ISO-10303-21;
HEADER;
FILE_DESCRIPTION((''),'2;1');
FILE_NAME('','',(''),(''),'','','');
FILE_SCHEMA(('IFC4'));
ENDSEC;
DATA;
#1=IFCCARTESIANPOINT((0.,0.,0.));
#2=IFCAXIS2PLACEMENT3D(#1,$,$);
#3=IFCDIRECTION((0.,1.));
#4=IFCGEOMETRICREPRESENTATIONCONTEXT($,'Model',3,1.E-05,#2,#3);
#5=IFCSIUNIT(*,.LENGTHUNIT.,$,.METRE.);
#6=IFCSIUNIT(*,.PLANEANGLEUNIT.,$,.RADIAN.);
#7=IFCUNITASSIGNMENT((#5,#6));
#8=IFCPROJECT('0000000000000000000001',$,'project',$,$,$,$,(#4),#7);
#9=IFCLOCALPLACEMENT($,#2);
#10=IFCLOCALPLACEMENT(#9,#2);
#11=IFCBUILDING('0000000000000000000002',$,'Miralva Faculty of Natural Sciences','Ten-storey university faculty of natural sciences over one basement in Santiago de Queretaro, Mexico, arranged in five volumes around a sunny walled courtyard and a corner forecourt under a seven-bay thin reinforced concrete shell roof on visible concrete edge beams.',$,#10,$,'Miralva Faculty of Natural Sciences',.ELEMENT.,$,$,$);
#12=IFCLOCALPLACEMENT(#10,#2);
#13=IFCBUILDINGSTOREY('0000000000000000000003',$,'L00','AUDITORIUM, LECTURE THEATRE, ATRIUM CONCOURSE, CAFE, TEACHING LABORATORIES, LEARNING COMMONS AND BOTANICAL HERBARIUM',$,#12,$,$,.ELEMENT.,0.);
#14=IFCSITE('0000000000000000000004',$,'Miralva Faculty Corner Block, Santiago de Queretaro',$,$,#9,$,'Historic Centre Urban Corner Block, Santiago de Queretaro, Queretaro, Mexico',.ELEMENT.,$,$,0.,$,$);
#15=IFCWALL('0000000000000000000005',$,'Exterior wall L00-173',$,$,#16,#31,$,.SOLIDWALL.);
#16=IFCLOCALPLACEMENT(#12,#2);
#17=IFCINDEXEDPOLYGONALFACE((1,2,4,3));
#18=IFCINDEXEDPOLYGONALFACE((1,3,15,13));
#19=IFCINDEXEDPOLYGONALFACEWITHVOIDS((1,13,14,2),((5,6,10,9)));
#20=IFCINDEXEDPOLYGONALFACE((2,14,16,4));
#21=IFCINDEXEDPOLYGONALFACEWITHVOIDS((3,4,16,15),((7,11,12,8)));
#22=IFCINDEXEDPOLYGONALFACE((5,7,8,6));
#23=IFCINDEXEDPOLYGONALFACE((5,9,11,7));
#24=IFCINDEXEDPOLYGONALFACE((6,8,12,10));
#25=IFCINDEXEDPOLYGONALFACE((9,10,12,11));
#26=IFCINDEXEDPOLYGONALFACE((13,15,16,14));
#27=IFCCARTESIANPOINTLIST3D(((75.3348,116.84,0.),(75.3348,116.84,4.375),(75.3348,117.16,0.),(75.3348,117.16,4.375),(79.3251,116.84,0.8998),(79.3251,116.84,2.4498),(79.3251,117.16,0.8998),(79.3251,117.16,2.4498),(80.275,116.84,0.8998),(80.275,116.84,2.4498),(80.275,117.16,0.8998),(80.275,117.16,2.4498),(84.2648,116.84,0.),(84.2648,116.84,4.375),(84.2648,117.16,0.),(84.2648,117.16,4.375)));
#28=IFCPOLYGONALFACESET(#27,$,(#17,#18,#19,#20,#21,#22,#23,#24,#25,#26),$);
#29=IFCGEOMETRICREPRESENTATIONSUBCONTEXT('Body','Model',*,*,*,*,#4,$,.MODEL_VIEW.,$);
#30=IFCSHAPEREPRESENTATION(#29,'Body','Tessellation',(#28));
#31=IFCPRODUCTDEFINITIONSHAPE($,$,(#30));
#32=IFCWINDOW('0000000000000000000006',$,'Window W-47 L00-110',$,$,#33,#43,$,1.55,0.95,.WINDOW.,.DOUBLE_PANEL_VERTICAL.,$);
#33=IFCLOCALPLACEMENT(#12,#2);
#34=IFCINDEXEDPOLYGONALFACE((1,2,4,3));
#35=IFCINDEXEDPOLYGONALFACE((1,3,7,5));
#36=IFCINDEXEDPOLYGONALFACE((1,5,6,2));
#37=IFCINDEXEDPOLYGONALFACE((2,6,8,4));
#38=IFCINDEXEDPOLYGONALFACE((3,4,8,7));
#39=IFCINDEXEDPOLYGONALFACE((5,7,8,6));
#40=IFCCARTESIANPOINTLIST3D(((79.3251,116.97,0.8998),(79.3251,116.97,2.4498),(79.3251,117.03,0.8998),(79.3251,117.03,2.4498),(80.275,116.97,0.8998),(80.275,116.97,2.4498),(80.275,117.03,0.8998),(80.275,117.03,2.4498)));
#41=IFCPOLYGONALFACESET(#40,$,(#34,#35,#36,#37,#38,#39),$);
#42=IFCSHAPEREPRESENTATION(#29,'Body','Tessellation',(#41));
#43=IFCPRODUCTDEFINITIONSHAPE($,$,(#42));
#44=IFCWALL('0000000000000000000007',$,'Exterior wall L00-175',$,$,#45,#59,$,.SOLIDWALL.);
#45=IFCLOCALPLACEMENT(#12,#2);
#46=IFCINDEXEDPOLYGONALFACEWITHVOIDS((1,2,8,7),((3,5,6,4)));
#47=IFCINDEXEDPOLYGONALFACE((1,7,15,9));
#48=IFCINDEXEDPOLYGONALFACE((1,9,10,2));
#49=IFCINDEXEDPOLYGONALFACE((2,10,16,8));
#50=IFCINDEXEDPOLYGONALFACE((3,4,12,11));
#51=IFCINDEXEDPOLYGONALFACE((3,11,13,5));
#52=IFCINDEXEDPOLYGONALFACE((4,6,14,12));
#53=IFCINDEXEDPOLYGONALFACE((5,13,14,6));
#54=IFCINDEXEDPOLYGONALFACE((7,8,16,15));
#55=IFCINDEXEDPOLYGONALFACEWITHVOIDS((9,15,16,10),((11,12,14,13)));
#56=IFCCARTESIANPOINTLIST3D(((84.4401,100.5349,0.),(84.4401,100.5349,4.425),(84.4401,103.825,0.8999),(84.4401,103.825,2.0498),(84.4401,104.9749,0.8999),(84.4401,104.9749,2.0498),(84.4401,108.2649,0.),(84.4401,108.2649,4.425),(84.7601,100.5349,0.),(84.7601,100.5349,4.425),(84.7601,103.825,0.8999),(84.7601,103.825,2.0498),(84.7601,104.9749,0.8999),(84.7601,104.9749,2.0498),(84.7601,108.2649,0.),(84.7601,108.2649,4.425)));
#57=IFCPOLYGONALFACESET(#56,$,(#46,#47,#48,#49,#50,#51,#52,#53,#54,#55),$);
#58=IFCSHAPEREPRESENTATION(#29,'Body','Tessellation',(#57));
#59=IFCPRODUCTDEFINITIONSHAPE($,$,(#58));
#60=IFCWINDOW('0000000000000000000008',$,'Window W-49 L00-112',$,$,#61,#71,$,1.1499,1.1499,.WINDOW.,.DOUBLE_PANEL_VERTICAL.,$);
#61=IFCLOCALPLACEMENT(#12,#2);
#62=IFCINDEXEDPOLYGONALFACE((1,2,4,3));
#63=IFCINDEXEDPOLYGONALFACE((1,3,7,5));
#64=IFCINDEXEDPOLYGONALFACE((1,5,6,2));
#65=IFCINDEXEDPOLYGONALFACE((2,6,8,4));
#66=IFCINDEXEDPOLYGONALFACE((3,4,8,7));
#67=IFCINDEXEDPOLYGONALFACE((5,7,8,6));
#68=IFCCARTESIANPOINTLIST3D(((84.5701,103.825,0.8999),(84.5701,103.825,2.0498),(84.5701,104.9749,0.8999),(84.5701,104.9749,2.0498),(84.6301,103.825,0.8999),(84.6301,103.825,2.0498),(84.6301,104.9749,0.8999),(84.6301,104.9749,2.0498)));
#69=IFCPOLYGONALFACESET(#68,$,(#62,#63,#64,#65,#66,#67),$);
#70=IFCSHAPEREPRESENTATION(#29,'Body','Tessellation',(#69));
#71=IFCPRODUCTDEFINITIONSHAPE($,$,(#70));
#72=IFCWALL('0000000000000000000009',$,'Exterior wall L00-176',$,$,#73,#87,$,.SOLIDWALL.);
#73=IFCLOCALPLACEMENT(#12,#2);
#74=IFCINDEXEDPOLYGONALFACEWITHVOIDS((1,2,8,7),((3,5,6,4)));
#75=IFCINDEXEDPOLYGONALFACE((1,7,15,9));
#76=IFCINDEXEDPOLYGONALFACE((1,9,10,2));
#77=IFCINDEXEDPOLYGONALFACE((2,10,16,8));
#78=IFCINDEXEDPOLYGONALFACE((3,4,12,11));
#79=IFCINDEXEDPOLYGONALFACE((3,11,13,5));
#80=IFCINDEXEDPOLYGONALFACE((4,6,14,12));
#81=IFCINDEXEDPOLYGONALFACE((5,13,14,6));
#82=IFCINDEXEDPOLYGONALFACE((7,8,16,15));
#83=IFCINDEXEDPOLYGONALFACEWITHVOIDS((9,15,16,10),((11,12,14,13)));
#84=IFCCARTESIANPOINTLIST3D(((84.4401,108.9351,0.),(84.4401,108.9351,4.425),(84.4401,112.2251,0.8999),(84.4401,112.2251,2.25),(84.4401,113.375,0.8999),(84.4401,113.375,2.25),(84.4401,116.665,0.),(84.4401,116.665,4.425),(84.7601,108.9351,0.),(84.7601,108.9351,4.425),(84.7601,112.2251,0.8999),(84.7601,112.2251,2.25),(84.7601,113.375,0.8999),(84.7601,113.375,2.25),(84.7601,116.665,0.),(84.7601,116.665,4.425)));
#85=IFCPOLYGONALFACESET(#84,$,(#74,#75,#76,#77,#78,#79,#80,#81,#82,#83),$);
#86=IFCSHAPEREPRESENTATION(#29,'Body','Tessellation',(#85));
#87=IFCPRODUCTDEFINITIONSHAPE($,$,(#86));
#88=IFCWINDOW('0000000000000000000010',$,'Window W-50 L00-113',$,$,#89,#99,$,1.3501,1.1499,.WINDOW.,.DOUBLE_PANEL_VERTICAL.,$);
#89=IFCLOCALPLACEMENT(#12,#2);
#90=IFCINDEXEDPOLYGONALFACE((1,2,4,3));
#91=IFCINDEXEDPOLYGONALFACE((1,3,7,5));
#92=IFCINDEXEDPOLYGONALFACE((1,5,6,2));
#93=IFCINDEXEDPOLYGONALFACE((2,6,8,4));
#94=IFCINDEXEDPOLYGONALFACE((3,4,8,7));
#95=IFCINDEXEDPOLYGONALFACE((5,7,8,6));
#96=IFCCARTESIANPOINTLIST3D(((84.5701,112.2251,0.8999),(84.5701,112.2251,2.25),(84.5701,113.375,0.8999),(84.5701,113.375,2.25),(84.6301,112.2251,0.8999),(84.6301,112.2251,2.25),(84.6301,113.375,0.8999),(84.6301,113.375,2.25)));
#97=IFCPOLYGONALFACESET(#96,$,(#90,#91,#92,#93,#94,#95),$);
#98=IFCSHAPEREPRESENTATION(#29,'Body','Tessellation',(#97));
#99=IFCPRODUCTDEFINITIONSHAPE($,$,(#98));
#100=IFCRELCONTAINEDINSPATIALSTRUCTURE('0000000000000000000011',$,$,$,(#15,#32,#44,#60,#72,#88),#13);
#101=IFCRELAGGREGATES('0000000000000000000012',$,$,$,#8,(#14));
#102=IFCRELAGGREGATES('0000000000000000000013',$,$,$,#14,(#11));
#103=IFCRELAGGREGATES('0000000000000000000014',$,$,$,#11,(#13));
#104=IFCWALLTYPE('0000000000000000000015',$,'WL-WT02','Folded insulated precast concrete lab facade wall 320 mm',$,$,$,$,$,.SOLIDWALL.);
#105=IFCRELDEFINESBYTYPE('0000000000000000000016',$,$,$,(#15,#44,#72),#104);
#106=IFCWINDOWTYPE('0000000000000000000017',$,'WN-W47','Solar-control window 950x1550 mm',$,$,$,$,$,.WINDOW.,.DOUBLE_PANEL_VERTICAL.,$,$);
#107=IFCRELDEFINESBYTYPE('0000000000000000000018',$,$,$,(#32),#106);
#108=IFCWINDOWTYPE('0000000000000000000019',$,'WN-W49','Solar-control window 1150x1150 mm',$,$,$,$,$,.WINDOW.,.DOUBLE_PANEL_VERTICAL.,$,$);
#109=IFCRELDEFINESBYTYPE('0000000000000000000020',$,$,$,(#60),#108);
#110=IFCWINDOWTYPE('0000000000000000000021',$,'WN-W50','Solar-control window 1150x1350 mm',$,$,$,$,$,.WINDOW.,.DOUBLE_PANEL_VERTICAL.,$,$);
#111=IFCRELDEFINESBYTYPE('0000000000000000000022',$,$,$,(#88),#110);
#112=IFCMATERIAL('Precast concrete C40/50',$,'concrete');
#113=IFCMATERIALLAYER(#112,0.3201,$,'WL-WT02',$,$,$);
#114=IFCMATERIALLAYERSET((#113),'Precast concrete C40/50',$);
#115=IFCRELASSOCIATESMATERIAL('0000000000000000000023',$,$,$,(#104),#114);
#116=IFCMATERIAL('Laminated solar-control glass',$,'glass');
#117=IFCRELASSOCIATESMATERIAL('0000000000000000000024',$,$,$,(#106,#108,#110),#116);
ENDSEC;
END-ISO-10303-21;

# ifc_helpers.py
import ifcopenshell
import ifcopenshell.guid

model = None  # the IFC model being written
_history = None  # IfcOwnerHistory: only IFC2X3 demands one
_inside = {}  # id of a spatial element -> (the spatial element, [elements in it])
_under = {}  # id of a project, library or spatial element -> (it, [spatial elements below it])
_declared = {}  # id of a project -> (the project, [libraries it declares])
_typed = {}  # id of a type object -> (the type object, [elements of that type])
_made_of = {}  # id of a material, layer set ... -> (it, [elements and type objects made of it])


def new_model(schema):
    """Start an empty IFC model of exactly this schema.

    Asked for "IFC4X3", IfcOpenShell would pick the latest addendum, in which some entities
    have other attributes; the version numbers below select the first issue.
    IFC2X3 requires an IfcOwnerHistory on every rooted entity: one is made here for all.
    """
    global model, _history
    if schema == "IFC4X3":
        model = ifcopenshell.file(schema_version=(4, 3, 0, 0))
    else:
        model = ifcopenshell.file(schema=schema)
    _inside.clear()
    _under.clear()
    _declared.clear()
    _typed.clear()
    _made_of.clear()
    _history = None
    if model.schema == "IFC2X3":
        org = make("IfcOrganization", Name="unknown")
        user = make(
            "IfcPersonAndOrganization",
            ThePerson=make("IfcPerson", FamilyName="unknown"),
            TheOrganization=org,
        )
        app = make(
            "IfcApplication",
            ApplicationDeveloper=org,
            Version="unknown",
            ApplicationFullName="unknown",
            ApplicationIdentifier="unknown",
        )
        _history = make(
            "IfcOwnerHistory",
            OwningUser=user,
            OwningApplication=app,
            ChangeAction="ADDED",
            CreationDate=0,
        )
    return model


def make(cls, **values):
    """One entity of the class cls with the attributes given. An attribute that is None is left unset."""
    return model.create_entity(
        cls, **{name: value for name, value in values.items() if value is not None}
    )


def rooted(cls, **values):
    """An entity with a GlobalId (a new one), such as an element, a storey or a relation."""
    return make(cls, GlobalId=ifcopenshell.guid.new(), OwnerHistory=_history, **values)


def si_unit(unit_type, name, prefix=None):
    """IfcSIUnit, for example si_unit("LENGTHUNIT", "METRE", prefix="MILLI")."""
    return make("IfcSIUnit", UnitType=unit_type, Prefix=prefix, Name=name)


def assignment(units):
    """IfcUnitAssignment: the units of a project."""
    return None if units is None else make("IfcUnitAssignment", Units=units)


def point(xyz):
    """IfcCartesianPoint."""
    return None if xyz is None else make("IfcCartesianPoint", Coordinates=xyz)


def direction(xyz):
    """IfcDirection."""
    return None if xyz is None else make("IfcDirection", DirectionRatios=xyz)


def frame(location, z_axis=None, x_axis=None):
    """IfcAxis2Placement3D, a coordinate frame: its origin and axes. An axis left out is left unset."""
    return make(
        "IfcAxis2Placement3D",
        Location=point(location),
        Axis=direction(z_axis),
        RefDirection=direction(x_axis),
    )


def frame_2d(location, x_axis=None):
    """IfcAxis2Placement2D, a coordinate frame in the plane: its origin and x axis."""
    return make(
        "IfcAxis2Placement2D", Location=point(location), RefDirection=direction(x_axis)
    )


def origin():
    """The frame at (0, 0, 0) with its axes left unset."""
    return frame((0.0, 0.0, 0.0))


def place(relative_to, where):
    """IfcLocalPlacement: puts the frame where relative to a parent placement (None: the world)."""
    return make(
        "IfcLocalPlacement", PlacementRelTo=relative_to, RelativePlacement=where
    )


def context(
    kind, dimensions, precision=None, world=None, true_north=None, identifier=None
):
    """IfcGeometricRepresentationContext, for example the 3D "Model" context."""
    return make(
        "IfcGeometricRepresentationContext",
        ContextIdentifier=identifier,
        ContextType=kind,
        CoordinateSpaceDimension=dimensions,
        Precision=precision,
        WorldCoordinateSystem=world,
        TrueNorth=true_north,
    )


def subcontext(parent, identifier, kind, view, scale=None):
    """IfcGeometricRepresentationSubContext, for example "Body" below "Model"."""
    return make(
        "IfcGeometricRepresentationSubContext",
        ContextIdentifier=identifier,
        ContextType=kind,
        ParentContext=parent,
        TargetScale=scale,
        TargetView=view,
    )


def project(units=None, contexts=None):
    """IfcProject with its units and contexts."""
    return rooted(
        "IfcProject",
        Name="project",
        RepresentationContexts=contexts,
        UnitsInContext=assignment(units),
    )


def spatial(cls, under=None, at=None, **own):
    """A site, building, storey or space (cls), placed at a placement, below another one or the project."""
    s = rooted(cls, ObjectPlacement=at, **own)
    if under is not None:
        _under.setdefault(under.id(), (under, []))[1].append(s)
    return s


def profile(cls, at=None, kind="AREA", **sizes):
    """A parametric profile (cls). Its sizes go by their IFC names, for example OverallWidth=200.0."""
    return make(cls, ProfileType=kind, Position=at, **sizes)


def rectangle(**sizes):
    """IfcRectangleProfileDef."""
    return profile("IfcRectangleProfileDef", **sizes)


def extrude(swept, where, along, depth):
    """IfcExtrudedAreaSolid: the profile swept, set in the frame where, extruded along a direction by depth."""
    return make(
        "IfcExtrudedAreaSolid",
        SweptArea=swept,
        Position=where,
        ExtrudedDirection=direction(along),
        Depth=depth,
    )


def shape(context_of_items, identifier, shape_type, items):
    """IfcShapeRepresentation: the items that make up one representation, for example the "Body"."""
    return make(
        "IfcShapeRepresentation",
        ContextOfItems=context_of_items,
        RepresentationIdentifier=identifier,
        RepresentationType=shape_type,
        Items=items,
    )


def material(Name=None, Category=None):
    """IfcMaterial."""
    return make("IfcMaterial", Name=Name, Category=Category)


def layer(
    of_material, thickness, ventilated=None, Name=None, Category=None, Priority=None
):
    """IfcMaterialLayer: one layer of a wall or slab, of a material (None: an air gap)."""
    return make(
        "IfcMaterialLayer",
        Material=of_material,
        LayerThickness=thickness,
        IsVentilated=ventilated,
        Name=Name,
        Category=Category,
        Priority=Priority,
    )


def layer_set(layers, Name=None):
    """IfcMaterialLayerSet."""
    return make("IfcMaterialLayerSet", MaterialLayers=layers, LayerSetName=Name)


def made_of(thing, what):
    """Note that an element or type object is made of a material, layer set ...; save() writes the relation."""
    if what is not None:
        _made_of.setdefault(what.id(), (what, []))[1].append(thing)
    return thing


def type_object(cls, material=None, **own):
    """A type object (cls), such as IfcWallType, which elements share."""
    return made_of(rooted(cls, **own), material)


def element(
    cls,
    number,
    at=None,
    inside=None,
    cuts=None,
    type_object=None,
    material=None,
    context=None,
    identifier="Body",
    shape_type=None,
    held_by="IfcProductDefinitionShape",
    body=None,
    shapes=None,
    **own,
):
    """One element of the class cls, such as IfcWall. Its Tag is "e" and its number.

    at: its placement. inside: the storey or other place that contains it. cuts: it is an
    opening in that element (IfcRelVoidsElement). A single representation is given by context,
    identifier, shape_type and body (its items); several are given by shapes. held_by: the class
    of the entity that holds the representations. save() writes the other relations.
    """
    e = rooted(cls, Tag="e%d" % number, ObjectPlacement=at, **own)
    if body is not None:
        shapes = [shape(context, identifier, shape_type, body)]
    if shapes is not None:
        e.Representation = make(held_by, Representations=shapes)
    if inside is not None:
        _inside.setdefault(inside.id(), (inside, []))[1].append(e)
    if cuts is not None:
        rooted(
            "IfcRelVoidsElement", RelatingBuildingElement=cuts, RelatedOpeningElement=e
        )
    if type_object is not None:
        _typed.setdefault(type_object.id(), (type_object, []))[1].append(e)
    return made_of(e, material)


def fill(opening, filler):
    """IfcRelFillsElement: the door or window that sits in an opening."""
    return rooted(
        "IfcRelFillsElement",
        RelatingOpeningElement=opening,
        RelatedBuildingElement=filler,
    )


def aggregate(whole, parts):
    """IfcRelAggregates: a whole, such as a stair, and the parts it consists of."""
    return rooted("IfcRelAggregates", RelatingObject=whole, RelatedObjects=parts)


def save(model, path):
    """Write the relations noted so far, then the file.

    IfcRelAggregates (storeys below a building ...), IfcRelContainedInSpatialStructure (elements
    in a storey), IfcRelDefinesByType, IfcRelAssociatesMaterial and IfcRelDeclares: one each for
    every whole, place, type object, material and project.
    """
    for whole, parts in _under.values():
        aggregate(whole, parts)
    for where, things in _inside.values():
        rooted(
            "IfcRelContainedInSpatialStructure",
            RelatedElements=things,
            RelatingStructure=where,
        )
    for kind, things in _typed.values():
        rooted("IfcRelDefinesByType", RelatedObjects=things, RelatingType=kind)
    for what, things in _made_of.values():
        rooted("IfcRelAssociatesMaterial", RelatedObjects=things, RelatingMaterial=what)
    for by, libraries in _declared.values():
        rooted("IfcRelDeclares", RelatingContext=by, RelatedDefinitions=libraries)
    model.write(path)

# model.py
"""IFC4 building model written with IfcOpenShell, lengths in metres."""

from ifc_helpers import new_model, si_unit, direction, frame, frame_2d, origin, place, context, subcontext, project, spatial, rectangle, extrude, material, layer, layer_set, type_object, element, fill, save


model = new_model("IFC4")

# Units and contexts
model_context = context("Model", 3, precision=1e-05, world=origin(), true_north=direction((0.0, 1.0)))
body_context = subcontext(model_context, "Body", "Model", "MODEL_VIEW")
ifc_project = project(units=[si_unit("LENGTHUNIT", "METRE"), si_unit("PLANEANGLEUNIT", "RADIAN")], contexts=[model_context])

# Site, building, storey
site_placement = place(None, origin())
site = spatial("IfcSite", under=ifc_project, at=site_placement, Name="Miralva Faculty Corner Block, Santiago de Queretaro", LongName="Historic Centre Urban Corner Block, Santiago de Queretaro, Queretaro, Mexico", CompositionType="ELEMENT", RefElevation=0.0)
building_placement = place(site_placement, origin())
building = spatial("IfcBuilding", under=site, at=building_placement, Name="Miralva Faculty of Natural Sciences", Description="Ten-storey university faculty of natural sciences over one basement in Santiago de Queretaro, Mexico, arranged in five volumes around a sunny walled courtyard and a corner forecourt under a seven-bay thin reinforced concrete shell roof on visible concrete edge beams.", LongName="Miralva Faculty of Natural Sciences", CompositionType="ELEMENT")
storey_placement = place(building_placement, origin())
storey = spatial("IfcBuildingStorey", under=building, at=storey_placement, Name="L00", Description="AUDITORIUM, LECTURE THEATRE, ATRIUM CONCOURSE, CAFE, TEACHING LABORATORIES, LEARNING COMMONS AND BOTANICAL HERBARIUM", CompositionType="ELEMENT", Elevation=0.0)

# Walls, openings, windows
ifc_material_1 = material(Name="Precast concrete C40/50", Category="concrete")
ifc_layer = layer(ifc_material_1, 0.3201, Name="WL-WT02")
ifc_layer_set = layer_set([ifc_layer], Name="Precast concrete C40/50")
wall_type = type_object("IfcWallType", Name="WL-WT02", Description="Folded insulated precast concrete lab facade wall 320 mm", PredefinedType="SOLIDWALL", material=ifc_layer_set)
wall_1_placement = place(storey_placement, frame((75.335, 117.0, 0.0), z_axis=(0.0, 0.0, 1.0), x_axis=(1.0, 0.0, 0.0)))
wall_1 = element("IfcWall", 1, at=wall_1_placement, inside=storey, type_object=wall_type, Name="Exterior wall L00-173", PredefinedType="SOLIDWALL", context=body_context, shape_type="SweptSolid", body=[
    extrude(rectangle(XDim=8.9299, YDim=0.3201, at=frame_2d((4.4648, 0.0))), origin(), (0.0, 0.0, 1.0), 4.375),
])
opening_1_placement = place(wall_1_placement, frame((3.99, 0.0, 0.8999)))
opening_1 = element("IfcOpeningElement", 2, at=opening_1_placement, cuts=wall_1, PredefinedType="OPENING", context=body_context, shape_type="SweptSolid", body=[
    extrude(rectangle(XDim=0.95, YDim=1.55, at=frame_2d((0.4751, 0.7749))), frame((0.0, 0.1699, 0.0), z_axis=(0.0, -1.0, 0.0), x_axis=(1.0, 0.0, 0.0)), (0.0, 0.0, 1.0), 0.3401),
])
ifc_material_2 = material(Name="Laminated solar-control glass", Category="glass")
window_type_1 = type_object("IfcWindowType", Name="WN-W47", Description="Solar-control window 950x1550 mm", PartitioningType="DOUBLE_PANEL_VERTICAL", PredefinedType="WINDOW", material=ifc_material_2)
window_1_placement = place(opening_1_placement, origin())
window_1 = element("IfcWindow", 3, at=window_1_placement, inside=storey, type_object=window_type_1, Name="Window W-47 L00-110", OverallHeight=1.55, OverallWidth=0.95, PartitioningType="DOUBLE_PANEL_VERTICAL", PredefinedType="WINDOW", context=body_context, shape_type="SweptSolid", body=[
    extrude(rectangle(XDim=0.95, YDim=1.55, at=frame_2d((0.4751, 0.7749))), frame((0.0, 0.03, 0.0), z_axis=(0.0, -1.0, 0.0), x_axis=(1.0, 0.0, 0.0)), (0.0, 0.0, 1.0), 0.0601),
])
fill(opening_1, window_1)
wall_2_placement = place(storey_placement, frame((84.6001, 100.5349, 0.0), z_axis=(0.0, 0.0, 1.0), x_axis=(0.0, 1.0, 0.0)))
wall_2 = element("IfcWall", 4, at=wall_2_placement, inside=storey, type_object=wall_type, Name="Exterior wall L00-175", PredefinedType="SOLIDWALL", context=body_context, shape_type="SweptSolid", body=[
    extrude(rectangle(XDim=7.73, YDim=0.3201, at=frame_2d((3.865, 0.0))), origin(), (0.0, 0.0, 1.0), 4.425),
])
opening_2_placement = place(wall_2_placement, frame((3.29, 0.0, 0.8999)))
opening_2 = element("IfcOpeningElement", 5, at=opening_2_placement, cuts=wall_2, PredefinedType="OPENING", context=body_context, shape_type="SweptSolid", body=[
    extrude(rectangle(XDim=1.1499, YDim=1.1499, at=frame_2d((0.575, 0.575))), frame((0.0, 0.1699, 0.0), z_axis=(0.0, -1.0, 0.0), x_axis=(1.0, 0.0, 0.0)), (0.0, 0.0, 1.0), 0.3401),
])
window_type_2 = type_object("IfcWindowType", Name="WN-W49", Description="Solar-control window 1150x1150 mm", PartitioningType="DOUBLE_PANEL_VERTICAL", PredefinedType="WINDOW", material=ifc_material_2)
window_2_placement = place(opening_2_placement, frame((1.1499, 0.0, 0.0), z_axis=(0.0, 0.0, 1.0), x_axis=(-1.0, 0.0, 0.0)))
window_2 = element("IfcWindow", 6, at=window_2_placement, inside=storey, type_object=window_type_2, Name="Window W-49 L00-112", OverallHeight=1.1499, OverallWidth=1.1499, PartitioningType="DOUBLE_PANEL_VERTICAL", PredefinedType="WINDOW", context=body_context, shape_type="SweptSolid", body=[
    extrude(rectangle(XDim=1.1499, YDim=1.1499, at=frame_2d((0.575, 0.575))), frame((0.0, 0.03, 0.0), z_axis=(0.0, -1.0, 0.0), x_axis=(1.0, 0.0, 0.0)), (0.0, 0.0, 1.0), 0.0601),
])
fill(opening_2, window_2)
wall_3_placement = place(storey_placement, frame((84.6001, 108.9351, 0.0), z_axis=(0.0, 0.0, 1.0), x_axis=(0.0, 1.0, 0.0)))
wall_3 = element("IfcWall", 7, at=wall_3_placement, inside=storey, type_object=wall_type, Name="Exterior wall L00-176", PredefinedType="SOLIDWALL", context=body_context, shape_type="SweptSolid", body=[
    extrude(rectangle(XDim=7.73, YDim=0.3201, at=frame_2d((3.865, 0.0))), origin(), (0.0, 0.0, 1.0), 4.425),
])
opening_3_placement = place(wall_3_placement, frame((3.29, 0.0, 0.8999)))
opening_3 = element("IfcOpeningElement", 8, at=opening_3_placement, cuts=wall_3, PredefinedType="OPENING", context=body_context, shape_type="SweptSolid", body=[
    extrude(rectangle(XDim=1.1499, YDim=1.3501, at=frame_2d((0.575, 0.675))), frame((0.0, 0.1699, 0.0), z_axis=(0.0, -1.0, 0.0), x_axis=(1.0, 0.0, 0.0)), (0.0, 0.0, 1.0), 0.3401),
])
window_type_3 = type_object("IfcWindowType", Name="WN-W50", Description="Solar-control window 1150x1350 mm", PartitioningType="DOUBLE_PANEL_VERTICAL", PredefinedType="WINDOW", material=ifc_material_2)
window_3_placement = place(opening_3_placement, frame((1.1499, 0.0, 0.0), z_axis=(0.0, 0.0, 1.0), x_axis=(-1.0, 0.0, 0.0)))
window_3 = element("IfcWindow", 9, at=window_3_placement, inside=storey, type_object=window_type_3, Name="Window W-50 L00-113", OverallHeight=1.3501, OverallWidth=1.1499, PartitioningType="DOUBLE_PANEL_VERTICAL", PredefinedType="WINDOW", context=body_context, shape_type="SweptSolid", body=[
    extrude(rectangle(XDim=1.1499, YDim=1.3501, at=frame_2d((0.575, 0.675))), frame((0.0, 0.03, 0.0), z_axis=(0.0, -1.0, 0.0), x_axis=(1.0, 0.0, 0.0)), (0.0, 0.0, 1.0), 0.0601),
])
fill(opening_3, window_3)

save(model, "model.ifc")
